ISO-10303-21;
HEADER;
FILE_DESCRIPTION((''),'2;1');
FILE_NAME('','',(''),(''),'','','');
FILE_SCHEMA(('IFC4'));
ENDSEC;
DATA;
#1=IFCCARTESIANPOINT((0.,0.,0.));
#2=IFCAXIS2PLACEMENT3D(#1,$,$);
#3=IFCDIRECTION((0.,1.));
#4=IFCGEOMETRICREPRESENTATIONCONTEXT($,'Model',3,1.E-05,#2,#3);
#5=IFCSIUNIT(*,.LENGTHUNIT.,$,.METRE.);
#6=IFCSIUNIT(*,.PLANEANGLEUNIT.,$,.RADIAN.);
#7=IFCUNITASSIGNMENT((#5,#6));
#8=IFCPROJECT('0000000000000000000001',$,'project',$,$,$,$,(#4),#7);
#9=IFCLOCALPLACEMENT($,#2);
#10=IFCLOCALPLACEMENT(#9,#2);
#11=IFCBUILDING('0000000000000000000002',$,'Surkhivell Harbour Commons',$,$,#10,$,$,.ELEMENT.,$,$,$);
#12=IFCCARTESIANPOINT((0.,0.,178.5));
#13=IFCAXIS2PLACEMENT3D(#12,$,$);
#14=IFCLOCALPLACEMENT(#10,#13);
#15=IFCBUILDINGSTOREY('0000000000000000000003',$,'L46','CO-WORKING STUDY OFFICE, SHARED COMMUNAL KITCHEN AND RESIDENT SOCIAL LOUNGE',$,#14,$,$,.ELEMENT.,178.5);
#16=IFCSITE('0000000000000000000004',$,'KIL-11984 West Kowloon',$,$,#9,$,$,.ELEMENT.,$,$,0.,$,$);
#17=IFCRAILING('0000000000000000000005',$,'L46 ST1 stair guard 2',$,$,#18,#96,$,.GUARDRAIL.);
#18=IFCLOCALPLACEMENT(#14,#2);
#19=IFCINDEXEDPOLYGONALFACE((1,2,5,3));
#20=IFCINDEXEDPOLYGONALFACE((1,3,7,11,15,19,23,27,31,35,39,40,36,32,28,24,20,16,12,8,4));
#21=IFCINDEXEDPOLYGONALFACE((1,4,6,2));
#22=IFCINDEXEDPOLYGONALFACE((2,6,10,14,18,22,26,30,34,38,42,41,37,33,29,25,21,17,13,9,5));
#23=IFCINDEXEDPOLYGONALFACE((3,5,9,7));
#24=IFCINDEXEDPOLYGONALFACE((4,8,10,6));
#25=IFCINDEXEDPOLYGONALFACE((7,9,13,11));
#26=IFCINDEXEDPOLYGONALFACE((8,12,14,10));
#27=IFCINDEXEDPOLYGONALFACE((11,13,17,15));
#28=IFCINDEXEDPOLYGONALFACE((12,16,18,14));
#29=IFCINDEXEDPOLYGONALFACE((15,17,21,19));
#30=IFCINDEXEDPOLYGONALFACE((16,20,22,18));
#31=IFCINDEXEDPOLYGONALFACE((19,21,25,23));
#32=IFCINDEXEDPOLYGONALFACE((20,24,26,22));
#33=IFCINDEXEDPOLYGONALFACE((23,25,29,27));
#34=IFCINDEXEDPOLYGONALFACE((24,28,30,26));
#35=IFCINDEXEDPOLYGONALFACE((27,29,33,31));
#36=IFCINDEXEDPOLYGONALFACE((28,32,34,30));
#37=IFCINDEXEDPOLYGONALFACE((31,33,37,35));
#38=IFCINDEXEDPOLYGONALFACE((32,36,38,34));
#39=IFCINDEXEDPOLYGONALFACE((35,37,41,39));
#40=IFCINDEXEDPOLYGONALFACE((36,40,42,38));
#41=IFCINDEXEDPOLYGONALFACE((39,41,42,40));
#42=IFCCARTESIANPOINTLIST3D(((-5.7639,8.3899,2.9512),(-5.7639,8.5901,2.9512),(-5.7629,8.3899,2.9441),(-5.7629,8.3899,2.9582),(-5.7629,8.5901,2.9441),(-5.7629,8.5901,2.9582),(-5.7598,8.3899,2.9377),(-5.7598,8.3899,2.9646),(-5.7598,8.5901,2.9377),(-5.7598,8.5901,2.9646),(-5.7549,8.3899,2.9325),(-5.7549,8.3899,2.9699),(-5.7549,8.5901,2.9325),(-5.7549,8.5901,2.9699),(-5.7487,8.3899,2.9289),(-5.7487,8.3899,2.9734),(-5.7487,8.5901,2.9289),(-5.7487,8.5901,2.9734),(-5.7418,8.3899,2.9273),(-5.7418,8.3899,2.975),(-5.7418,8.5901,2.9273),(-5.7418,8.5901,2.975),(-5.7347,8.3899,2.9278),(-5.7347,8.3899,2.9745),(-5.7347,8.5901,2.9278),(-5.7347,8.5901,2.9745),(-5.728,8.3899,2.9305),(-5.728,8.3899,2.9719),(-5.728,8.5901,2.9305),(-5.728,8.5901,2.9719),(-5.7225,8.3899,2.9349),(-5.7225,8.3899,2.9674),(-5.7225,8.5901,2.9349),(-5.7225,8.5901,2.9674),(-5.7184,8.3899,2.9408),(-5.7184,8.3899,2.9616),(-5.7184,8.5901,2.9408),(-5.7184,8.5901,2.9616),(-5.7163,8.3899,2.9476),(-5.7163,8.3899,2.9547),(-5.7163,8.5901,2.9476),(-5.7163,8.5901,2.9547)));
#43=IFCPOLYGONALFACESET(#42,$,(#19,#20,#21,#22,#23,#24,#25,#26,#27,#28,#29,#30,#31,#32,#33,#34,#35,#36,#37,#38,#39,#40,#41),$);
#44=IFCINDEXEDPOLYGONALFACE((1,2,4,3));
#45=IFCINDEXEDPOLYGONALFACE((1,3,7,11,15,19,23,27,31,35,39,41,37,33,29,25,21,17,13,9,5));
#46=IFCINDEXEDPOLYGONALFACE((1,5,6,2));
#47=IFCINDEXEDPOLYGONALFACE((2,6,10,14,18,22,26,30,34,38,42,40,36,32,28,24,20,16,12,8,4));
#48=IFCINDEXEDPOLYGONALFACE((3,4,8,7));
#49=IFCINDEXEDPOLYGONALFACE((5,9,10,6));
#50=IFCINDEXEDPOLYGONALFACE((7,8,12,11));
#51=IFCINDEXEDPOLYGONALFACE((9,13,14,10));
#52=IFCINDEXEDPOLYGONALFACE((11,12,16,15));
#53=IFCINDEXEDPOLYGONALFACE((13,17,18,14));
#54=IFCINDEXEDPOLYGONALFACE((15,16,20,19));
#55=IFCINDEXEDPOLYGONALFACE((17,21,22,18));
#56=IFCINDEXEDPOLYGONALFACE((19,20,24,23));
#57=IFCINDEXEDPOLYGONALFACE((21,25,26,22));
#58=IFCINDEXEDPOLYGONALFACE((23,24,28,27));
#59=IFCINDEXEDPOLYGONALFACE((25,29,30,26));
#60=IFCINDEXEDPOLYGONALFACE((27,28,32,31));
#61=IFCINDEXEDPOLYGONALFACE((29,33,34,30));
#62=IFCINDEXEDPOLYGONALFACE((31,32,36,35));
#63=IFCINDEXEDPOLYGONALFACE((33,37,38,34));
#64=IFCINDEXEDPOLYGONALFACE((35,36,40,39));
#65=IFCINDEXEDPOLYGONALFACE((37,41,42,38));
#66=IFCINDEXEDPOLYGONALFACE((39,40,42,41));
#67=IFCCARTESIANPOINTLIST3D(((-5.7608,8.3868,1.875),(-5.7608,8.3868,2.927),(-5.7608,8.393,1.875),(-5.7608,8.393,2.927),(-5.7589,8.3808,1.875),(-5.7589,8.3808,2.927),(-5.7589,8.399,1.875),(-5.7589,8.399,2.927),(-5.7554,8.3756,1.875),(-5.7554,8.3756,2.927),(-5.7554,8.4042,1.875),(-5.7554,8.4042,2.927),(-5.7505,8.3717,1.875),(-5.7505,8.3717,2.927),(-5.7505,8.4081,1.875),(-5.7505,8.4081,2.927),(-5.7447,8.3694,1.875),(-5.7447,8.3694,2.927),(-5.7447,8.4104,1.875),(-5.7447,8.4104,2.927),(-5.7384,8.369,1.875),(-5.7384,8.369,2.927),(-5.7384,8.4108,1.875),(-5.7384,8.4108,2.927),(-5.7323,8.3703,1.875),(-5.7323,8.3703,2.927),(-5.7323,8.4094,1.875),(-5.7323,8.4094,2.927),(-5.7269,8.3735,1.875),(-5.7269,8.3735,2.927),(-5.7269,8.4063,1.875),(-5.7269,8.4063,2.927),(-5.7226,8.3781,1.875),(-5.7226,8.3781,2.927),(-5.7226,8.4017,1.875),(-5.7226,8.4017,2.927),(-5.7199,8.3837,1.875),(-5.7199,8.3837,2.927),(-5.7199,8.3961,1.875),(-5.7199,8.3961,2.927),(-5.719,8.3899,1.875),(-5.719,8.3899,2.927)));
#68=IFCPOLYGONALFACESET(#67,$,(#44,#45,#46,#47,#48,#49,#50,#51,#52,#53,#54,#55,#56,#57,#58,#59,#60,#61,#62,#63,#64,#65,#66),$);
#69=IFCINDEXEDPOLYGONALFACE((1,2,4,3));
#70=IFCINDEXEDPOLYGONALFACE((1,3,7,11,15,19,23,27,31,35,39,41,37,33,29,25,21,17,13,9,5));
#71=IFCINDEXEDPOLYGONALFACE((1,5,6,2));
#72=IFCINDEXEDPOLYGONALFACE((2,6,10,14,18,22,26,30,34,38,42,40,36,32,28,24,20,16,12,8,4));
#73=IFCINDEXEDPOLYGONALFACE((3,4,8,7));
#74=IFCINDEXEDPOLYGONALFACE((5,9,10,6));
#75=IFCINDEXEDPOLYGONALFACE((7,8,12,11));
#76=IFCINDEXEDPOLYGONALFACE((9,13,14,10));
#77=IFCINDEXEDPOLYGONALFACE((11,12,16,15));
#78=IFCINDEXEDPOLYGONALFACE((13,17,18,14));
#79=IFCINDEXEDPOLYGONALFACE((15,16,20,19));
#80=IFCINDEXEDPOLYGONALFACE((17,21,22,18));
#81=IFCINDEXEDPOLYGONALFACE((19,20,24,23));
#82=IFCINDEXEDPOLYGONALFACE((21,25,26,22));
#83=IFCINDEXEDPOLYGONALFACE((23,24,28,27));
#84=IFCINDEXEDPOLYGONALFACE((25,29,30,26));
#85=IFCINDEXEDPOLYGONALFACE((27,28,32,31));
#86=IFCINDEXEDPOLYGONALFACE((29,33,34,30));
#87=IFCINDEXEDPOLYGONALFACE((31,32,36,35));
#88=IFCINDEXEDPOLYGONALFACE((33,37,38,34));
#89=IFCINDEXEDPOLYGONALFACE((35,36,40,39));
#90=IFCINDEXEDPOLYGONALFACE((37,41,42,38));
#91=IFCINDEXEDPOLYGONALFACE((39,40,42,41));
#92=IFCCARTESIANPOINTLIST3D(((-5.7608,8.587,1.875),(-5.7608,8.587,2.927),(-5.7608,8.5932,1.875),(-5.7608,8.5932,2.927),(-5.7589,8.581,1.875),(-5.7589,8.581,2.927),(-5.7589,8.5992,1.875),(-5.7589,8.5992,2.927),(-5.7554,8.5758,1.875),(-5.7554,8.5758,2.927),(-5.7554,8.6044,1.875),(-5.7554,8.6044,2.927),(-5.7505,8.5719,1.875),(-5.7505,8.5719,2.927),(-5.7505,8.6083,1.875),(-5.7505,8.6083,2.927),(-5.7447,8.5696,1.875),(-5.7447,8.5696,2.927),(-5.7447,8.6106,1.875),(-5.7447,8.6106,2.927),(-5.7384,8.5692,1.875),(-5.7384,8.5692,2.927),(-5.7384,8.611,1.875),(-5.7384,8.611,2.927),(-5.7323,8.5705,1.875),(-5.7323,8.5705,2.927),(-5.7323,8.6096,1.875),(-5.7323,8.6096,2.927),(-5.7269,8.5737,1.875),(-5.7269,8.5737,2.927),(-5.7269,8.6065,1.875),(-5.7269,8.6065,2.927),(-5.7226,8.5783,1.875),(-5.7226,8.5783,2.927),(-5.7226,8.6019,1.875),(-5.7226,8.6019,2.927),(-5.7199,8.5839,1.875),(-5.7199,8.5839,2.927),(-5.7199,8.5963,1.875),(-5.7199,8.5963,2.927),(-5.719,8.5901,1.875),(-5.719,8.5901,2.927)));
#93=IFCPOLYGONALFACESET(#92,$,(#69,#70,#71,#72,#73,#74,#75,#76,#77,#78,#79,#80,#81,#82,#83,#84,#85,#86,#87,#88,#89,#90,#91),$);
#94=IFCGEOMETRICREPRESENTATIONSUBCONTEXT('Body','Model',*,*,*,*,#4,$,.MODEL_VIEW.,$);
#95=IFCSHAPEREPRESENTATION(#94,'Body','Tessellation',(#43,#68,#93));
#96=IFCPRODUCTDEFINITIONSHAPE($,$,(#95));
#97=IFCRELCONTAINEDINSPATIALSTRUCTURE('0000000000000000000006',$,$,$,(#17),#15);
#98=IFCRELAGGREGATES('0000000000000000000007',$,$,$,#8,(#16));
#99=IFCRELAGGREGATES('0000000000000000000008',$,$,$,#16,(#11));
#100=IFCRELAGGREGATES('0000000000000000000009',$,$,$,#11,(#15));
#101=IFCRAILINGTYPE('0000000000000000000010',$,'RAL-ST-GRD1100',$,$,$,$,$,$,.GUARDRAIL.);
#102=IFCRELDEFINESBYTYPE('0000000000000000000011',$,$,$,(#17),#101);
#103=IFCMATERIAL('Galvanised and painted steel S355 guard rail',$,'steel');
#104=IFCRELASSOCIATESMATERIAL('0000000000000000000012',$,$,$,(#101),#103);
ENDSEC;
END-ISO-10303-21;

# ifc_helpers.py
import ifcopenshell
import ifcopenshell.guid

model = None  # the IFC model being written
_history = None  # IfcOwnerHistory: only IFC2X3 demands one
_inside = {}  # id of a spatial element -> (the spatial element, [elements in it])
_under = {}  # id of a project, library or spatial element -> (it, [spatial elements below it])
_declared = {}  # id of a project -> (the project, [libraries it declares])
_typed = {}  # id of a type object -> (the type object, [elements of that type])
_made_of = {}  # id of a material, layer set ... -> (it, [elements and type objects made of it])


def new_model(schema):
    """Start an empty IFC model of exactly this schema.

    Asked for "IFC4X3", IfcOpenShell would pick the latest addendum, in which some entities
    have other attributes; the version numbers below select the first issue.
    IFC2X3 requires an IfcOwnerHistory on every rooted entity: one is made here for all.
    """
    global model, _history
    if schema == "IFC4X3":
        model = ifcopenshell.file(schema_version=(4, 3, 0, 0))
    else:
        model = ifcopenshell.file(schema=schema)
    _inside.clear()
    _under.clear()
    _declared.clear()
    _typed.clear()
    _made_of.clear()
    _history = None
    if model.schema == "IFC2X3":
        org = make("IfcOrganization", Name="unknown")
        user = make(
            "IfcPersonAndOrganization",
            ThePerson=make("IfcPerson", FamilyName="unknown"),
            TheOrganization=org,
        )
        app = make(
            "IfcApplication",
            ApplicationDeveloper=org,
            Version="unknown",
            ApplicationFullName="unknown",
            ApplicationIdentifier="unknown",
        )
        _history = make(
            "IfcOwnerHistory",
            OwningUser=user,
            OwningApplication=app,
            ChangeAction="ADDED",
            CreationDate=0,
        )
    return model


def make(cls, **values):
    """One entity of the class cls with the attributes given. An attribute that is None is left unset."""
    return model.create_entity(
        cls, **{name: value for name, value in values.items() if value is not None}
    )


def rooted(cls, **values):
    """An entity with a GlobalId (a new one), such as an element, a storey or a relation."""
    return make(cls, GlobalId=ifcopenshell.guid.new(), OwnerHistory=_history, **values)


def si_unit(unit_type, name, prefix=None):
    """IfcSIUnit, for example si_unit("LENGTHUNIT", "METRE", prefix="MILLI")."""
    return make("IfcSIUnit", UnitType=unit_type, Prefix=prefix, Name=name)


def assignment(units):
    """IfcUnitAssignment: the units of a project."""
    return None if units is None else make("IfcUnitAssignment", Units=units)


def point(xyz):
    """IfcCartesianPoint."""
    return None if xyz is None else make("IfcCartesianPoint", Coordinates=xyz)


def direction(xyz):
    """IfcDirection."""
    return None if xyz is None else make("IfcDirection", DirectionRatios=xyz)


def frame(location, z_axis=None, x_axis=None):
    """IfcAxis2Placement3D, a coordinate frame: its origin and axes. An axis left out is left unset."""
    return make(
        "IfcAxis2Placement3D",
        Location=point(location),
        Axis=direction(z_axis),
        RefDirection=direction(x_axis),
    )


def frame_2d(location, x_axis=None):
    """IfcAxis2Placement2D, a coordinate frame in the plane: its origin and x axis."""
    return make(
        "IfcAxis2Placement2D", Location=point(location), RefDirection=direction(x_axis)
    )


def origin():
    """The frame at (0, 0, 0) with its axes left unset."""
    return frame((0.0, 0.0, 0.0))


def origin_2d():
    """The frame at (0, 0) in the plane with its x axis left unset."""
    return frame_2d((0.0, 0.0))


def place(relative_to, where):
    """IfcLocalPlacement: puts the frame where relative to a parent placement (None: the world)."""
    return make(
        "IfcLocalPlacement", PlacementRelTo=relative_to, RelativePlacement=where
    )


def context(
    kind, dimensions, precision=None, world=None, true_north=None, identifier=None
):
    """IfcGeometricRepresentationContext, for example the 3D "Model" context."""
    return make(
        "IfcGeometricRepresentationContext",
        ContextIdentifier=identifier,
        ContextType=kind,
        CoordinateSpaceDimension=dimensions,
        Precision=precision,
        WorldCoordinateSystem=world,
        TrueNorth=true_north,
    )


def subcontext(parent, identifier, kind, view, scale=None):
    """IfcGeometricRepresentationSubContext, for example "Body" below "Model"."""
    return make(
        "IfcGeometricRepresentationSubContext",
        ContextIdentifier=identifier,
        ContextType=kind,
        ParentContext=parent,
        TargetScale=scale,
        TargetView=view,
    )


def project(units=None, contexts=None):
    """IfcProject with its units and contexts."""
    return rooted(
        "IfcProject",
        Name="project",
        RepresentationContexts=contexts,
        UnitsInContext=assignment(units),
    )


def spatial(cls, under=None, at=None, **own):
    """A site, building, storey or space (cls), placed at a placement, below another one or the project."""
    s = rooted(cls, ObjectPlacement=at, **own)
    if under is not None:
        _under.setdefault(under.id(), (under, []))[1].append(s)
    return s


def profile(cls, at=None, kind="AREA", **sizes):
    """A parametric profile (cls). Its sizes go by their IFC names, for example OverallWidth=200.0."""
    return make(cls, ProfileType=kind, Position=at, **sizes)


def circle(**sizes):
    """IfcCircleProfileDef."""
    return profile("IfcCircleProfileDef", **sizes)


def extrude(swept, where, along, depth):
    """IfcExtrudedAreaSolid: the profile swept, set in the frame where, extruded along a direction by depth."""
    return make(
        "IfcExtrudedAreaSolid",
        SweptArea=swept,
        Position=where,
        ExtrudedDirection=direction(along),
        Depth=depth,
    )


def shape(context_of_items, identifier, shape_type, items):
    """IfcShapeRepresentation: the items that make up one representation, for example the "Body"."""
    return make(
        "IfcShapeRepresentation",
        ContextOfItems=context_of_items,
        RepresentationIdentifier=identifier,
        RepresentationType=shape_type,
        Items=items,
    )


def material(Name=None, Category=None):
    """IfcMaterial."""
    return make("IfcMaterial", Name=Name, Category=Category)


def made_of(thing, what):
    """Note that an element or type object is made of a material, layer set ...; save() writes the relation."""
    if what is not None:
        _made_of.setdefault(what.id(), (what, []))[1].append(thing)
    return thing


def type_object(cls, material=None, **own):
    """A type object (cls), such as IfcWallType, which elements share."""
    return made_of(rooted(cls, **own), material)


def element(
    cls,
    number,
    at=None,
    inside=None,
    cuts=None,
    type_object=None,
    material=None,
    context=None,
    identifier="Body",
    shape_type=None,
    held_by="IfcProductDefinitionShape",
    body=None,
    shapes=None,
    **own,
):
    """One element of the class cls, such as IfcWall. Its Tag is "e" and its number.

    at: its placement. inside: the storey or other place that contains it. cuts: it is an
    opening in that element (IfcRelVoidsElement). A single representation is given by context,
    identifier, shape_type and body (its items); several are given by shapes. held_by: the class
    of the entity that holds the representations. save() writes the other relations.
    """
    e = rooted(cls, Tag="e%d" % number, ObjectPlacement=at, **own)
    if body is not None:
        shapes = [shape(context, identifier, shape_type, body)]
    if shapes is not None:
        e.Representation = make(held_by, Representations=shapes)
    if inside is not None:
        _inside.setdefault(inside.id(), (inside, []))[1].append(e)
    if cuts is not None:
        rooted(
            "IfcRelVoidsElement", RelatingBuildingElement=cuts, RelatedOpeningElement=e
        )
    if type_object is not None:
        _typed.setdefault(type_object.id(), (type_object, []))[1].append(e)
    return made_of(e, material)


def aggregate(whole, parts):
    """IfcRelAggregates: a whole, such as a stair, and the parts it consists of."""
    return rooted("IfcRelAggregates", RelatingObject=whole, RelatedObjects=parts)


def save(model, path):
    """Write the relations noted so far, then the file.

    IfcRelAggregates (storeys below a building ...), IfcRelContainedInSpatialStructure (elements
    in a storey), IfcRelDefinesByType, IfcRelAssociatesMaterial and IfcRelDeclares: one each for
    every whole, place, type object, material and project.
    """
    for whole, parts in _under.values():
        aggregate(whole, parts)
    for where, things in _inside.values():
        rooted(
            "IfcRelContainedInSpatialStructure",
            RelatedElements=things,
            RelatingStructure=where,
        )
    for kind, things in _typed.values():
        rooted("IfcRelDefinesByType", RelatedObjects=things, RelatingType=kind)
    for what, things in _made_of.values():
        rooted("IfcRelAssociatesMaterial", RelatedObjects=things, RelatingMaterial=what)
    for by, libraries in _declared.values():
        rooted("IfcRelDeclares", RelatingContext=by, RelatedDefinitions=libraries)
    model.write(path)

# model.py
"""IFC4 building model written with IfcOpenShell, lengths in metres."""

from ifc_helpers import new_model, si_unit, direction, frame, origin, origin_2d, place, context, subcontext, project, spatial, circle, extrude, material, type_object, element, save


model = new_model("IFC4")

# Units and contexts
model_context = context("Model", 3, precision=1e-05, world=origin(), true_north=direction((0.0, 1.0)))
body_context = subcontext(model_context, "Body", "Model", "MODEL_VIEW")
ifc_project = project(units=[si_unit("LENGTHUNIT", "METRE"), si_unit("PLANEANGLEUNIT", "RADIAN")], contexts=[model_context])

# Site, building, storey
site_placement = place(None, origin())
site = spatial("IfcSite", under=ifc_project, at=site_placement, Name="KIL-11984 West Kowloon", CompositionType="ELEMENT", RefElevation=0.0)
building_placement = place(site_placement, origin())
building = spatial("IfcBuilding", under=site, at=building_placement, Name="Surkhivell Harbour Commons", CompositionType="ELEMENT")
storey_placement = place(building_placement, frame((0.0, 0.0, 178.5)))
storey = spatial("IfcBuildingStorey", under=building, at=storey_placement, Name="L46", Description="CO-WORKING STUDY OFFICE, SHARED COMMUNAL KITCHEN AND RESIDENT SOCIAL LOUNGE", CompositionType="ELEMENT", Elevation=178.5)

# Railing
ifc_material_1 = material(Name="Galvanised and painted steel S355 guard rail", Category="steel")
railing_type_1 = type_object("IfcRailingType", Name="RAL-ST-GRD1100", PredefinedType="GUARDRAIL", material=ifc_material_1)
railing_1_placement = place(storey_placement, frame((-5.74, 8.3899, 1.875)))
element("IfcRailing", 1, at=railing_1_placement, inside=storey, type_object=railing_type_1, Name="L46 ST1 stair guard 2", PredefinedType="GUARDRAIL", context=body_context, shape_type="SweptSolid", body=[
    extrude(circle(Radius=0.0239, at=origin_2d()), frame((0.0, 0.0, 1.0762), z_axis=(0.0, 1.0, 0.0), x_axis=(-1.0, 0.0, 0.0)), (0.0, 0.0, 1.0), 0.2002),
    extrude(circle(Radius=0.021, at=origin_2d()), origin(), (0.0, 0.0, 1.0), 1.052),
    extrude(circle(Radius=0.021, at=origin_2d()), frame((0.0, 0.2002, 0.0)), (0.0, 0.0, 1.0), 1.052),
])

save(model, "model.ifc")
